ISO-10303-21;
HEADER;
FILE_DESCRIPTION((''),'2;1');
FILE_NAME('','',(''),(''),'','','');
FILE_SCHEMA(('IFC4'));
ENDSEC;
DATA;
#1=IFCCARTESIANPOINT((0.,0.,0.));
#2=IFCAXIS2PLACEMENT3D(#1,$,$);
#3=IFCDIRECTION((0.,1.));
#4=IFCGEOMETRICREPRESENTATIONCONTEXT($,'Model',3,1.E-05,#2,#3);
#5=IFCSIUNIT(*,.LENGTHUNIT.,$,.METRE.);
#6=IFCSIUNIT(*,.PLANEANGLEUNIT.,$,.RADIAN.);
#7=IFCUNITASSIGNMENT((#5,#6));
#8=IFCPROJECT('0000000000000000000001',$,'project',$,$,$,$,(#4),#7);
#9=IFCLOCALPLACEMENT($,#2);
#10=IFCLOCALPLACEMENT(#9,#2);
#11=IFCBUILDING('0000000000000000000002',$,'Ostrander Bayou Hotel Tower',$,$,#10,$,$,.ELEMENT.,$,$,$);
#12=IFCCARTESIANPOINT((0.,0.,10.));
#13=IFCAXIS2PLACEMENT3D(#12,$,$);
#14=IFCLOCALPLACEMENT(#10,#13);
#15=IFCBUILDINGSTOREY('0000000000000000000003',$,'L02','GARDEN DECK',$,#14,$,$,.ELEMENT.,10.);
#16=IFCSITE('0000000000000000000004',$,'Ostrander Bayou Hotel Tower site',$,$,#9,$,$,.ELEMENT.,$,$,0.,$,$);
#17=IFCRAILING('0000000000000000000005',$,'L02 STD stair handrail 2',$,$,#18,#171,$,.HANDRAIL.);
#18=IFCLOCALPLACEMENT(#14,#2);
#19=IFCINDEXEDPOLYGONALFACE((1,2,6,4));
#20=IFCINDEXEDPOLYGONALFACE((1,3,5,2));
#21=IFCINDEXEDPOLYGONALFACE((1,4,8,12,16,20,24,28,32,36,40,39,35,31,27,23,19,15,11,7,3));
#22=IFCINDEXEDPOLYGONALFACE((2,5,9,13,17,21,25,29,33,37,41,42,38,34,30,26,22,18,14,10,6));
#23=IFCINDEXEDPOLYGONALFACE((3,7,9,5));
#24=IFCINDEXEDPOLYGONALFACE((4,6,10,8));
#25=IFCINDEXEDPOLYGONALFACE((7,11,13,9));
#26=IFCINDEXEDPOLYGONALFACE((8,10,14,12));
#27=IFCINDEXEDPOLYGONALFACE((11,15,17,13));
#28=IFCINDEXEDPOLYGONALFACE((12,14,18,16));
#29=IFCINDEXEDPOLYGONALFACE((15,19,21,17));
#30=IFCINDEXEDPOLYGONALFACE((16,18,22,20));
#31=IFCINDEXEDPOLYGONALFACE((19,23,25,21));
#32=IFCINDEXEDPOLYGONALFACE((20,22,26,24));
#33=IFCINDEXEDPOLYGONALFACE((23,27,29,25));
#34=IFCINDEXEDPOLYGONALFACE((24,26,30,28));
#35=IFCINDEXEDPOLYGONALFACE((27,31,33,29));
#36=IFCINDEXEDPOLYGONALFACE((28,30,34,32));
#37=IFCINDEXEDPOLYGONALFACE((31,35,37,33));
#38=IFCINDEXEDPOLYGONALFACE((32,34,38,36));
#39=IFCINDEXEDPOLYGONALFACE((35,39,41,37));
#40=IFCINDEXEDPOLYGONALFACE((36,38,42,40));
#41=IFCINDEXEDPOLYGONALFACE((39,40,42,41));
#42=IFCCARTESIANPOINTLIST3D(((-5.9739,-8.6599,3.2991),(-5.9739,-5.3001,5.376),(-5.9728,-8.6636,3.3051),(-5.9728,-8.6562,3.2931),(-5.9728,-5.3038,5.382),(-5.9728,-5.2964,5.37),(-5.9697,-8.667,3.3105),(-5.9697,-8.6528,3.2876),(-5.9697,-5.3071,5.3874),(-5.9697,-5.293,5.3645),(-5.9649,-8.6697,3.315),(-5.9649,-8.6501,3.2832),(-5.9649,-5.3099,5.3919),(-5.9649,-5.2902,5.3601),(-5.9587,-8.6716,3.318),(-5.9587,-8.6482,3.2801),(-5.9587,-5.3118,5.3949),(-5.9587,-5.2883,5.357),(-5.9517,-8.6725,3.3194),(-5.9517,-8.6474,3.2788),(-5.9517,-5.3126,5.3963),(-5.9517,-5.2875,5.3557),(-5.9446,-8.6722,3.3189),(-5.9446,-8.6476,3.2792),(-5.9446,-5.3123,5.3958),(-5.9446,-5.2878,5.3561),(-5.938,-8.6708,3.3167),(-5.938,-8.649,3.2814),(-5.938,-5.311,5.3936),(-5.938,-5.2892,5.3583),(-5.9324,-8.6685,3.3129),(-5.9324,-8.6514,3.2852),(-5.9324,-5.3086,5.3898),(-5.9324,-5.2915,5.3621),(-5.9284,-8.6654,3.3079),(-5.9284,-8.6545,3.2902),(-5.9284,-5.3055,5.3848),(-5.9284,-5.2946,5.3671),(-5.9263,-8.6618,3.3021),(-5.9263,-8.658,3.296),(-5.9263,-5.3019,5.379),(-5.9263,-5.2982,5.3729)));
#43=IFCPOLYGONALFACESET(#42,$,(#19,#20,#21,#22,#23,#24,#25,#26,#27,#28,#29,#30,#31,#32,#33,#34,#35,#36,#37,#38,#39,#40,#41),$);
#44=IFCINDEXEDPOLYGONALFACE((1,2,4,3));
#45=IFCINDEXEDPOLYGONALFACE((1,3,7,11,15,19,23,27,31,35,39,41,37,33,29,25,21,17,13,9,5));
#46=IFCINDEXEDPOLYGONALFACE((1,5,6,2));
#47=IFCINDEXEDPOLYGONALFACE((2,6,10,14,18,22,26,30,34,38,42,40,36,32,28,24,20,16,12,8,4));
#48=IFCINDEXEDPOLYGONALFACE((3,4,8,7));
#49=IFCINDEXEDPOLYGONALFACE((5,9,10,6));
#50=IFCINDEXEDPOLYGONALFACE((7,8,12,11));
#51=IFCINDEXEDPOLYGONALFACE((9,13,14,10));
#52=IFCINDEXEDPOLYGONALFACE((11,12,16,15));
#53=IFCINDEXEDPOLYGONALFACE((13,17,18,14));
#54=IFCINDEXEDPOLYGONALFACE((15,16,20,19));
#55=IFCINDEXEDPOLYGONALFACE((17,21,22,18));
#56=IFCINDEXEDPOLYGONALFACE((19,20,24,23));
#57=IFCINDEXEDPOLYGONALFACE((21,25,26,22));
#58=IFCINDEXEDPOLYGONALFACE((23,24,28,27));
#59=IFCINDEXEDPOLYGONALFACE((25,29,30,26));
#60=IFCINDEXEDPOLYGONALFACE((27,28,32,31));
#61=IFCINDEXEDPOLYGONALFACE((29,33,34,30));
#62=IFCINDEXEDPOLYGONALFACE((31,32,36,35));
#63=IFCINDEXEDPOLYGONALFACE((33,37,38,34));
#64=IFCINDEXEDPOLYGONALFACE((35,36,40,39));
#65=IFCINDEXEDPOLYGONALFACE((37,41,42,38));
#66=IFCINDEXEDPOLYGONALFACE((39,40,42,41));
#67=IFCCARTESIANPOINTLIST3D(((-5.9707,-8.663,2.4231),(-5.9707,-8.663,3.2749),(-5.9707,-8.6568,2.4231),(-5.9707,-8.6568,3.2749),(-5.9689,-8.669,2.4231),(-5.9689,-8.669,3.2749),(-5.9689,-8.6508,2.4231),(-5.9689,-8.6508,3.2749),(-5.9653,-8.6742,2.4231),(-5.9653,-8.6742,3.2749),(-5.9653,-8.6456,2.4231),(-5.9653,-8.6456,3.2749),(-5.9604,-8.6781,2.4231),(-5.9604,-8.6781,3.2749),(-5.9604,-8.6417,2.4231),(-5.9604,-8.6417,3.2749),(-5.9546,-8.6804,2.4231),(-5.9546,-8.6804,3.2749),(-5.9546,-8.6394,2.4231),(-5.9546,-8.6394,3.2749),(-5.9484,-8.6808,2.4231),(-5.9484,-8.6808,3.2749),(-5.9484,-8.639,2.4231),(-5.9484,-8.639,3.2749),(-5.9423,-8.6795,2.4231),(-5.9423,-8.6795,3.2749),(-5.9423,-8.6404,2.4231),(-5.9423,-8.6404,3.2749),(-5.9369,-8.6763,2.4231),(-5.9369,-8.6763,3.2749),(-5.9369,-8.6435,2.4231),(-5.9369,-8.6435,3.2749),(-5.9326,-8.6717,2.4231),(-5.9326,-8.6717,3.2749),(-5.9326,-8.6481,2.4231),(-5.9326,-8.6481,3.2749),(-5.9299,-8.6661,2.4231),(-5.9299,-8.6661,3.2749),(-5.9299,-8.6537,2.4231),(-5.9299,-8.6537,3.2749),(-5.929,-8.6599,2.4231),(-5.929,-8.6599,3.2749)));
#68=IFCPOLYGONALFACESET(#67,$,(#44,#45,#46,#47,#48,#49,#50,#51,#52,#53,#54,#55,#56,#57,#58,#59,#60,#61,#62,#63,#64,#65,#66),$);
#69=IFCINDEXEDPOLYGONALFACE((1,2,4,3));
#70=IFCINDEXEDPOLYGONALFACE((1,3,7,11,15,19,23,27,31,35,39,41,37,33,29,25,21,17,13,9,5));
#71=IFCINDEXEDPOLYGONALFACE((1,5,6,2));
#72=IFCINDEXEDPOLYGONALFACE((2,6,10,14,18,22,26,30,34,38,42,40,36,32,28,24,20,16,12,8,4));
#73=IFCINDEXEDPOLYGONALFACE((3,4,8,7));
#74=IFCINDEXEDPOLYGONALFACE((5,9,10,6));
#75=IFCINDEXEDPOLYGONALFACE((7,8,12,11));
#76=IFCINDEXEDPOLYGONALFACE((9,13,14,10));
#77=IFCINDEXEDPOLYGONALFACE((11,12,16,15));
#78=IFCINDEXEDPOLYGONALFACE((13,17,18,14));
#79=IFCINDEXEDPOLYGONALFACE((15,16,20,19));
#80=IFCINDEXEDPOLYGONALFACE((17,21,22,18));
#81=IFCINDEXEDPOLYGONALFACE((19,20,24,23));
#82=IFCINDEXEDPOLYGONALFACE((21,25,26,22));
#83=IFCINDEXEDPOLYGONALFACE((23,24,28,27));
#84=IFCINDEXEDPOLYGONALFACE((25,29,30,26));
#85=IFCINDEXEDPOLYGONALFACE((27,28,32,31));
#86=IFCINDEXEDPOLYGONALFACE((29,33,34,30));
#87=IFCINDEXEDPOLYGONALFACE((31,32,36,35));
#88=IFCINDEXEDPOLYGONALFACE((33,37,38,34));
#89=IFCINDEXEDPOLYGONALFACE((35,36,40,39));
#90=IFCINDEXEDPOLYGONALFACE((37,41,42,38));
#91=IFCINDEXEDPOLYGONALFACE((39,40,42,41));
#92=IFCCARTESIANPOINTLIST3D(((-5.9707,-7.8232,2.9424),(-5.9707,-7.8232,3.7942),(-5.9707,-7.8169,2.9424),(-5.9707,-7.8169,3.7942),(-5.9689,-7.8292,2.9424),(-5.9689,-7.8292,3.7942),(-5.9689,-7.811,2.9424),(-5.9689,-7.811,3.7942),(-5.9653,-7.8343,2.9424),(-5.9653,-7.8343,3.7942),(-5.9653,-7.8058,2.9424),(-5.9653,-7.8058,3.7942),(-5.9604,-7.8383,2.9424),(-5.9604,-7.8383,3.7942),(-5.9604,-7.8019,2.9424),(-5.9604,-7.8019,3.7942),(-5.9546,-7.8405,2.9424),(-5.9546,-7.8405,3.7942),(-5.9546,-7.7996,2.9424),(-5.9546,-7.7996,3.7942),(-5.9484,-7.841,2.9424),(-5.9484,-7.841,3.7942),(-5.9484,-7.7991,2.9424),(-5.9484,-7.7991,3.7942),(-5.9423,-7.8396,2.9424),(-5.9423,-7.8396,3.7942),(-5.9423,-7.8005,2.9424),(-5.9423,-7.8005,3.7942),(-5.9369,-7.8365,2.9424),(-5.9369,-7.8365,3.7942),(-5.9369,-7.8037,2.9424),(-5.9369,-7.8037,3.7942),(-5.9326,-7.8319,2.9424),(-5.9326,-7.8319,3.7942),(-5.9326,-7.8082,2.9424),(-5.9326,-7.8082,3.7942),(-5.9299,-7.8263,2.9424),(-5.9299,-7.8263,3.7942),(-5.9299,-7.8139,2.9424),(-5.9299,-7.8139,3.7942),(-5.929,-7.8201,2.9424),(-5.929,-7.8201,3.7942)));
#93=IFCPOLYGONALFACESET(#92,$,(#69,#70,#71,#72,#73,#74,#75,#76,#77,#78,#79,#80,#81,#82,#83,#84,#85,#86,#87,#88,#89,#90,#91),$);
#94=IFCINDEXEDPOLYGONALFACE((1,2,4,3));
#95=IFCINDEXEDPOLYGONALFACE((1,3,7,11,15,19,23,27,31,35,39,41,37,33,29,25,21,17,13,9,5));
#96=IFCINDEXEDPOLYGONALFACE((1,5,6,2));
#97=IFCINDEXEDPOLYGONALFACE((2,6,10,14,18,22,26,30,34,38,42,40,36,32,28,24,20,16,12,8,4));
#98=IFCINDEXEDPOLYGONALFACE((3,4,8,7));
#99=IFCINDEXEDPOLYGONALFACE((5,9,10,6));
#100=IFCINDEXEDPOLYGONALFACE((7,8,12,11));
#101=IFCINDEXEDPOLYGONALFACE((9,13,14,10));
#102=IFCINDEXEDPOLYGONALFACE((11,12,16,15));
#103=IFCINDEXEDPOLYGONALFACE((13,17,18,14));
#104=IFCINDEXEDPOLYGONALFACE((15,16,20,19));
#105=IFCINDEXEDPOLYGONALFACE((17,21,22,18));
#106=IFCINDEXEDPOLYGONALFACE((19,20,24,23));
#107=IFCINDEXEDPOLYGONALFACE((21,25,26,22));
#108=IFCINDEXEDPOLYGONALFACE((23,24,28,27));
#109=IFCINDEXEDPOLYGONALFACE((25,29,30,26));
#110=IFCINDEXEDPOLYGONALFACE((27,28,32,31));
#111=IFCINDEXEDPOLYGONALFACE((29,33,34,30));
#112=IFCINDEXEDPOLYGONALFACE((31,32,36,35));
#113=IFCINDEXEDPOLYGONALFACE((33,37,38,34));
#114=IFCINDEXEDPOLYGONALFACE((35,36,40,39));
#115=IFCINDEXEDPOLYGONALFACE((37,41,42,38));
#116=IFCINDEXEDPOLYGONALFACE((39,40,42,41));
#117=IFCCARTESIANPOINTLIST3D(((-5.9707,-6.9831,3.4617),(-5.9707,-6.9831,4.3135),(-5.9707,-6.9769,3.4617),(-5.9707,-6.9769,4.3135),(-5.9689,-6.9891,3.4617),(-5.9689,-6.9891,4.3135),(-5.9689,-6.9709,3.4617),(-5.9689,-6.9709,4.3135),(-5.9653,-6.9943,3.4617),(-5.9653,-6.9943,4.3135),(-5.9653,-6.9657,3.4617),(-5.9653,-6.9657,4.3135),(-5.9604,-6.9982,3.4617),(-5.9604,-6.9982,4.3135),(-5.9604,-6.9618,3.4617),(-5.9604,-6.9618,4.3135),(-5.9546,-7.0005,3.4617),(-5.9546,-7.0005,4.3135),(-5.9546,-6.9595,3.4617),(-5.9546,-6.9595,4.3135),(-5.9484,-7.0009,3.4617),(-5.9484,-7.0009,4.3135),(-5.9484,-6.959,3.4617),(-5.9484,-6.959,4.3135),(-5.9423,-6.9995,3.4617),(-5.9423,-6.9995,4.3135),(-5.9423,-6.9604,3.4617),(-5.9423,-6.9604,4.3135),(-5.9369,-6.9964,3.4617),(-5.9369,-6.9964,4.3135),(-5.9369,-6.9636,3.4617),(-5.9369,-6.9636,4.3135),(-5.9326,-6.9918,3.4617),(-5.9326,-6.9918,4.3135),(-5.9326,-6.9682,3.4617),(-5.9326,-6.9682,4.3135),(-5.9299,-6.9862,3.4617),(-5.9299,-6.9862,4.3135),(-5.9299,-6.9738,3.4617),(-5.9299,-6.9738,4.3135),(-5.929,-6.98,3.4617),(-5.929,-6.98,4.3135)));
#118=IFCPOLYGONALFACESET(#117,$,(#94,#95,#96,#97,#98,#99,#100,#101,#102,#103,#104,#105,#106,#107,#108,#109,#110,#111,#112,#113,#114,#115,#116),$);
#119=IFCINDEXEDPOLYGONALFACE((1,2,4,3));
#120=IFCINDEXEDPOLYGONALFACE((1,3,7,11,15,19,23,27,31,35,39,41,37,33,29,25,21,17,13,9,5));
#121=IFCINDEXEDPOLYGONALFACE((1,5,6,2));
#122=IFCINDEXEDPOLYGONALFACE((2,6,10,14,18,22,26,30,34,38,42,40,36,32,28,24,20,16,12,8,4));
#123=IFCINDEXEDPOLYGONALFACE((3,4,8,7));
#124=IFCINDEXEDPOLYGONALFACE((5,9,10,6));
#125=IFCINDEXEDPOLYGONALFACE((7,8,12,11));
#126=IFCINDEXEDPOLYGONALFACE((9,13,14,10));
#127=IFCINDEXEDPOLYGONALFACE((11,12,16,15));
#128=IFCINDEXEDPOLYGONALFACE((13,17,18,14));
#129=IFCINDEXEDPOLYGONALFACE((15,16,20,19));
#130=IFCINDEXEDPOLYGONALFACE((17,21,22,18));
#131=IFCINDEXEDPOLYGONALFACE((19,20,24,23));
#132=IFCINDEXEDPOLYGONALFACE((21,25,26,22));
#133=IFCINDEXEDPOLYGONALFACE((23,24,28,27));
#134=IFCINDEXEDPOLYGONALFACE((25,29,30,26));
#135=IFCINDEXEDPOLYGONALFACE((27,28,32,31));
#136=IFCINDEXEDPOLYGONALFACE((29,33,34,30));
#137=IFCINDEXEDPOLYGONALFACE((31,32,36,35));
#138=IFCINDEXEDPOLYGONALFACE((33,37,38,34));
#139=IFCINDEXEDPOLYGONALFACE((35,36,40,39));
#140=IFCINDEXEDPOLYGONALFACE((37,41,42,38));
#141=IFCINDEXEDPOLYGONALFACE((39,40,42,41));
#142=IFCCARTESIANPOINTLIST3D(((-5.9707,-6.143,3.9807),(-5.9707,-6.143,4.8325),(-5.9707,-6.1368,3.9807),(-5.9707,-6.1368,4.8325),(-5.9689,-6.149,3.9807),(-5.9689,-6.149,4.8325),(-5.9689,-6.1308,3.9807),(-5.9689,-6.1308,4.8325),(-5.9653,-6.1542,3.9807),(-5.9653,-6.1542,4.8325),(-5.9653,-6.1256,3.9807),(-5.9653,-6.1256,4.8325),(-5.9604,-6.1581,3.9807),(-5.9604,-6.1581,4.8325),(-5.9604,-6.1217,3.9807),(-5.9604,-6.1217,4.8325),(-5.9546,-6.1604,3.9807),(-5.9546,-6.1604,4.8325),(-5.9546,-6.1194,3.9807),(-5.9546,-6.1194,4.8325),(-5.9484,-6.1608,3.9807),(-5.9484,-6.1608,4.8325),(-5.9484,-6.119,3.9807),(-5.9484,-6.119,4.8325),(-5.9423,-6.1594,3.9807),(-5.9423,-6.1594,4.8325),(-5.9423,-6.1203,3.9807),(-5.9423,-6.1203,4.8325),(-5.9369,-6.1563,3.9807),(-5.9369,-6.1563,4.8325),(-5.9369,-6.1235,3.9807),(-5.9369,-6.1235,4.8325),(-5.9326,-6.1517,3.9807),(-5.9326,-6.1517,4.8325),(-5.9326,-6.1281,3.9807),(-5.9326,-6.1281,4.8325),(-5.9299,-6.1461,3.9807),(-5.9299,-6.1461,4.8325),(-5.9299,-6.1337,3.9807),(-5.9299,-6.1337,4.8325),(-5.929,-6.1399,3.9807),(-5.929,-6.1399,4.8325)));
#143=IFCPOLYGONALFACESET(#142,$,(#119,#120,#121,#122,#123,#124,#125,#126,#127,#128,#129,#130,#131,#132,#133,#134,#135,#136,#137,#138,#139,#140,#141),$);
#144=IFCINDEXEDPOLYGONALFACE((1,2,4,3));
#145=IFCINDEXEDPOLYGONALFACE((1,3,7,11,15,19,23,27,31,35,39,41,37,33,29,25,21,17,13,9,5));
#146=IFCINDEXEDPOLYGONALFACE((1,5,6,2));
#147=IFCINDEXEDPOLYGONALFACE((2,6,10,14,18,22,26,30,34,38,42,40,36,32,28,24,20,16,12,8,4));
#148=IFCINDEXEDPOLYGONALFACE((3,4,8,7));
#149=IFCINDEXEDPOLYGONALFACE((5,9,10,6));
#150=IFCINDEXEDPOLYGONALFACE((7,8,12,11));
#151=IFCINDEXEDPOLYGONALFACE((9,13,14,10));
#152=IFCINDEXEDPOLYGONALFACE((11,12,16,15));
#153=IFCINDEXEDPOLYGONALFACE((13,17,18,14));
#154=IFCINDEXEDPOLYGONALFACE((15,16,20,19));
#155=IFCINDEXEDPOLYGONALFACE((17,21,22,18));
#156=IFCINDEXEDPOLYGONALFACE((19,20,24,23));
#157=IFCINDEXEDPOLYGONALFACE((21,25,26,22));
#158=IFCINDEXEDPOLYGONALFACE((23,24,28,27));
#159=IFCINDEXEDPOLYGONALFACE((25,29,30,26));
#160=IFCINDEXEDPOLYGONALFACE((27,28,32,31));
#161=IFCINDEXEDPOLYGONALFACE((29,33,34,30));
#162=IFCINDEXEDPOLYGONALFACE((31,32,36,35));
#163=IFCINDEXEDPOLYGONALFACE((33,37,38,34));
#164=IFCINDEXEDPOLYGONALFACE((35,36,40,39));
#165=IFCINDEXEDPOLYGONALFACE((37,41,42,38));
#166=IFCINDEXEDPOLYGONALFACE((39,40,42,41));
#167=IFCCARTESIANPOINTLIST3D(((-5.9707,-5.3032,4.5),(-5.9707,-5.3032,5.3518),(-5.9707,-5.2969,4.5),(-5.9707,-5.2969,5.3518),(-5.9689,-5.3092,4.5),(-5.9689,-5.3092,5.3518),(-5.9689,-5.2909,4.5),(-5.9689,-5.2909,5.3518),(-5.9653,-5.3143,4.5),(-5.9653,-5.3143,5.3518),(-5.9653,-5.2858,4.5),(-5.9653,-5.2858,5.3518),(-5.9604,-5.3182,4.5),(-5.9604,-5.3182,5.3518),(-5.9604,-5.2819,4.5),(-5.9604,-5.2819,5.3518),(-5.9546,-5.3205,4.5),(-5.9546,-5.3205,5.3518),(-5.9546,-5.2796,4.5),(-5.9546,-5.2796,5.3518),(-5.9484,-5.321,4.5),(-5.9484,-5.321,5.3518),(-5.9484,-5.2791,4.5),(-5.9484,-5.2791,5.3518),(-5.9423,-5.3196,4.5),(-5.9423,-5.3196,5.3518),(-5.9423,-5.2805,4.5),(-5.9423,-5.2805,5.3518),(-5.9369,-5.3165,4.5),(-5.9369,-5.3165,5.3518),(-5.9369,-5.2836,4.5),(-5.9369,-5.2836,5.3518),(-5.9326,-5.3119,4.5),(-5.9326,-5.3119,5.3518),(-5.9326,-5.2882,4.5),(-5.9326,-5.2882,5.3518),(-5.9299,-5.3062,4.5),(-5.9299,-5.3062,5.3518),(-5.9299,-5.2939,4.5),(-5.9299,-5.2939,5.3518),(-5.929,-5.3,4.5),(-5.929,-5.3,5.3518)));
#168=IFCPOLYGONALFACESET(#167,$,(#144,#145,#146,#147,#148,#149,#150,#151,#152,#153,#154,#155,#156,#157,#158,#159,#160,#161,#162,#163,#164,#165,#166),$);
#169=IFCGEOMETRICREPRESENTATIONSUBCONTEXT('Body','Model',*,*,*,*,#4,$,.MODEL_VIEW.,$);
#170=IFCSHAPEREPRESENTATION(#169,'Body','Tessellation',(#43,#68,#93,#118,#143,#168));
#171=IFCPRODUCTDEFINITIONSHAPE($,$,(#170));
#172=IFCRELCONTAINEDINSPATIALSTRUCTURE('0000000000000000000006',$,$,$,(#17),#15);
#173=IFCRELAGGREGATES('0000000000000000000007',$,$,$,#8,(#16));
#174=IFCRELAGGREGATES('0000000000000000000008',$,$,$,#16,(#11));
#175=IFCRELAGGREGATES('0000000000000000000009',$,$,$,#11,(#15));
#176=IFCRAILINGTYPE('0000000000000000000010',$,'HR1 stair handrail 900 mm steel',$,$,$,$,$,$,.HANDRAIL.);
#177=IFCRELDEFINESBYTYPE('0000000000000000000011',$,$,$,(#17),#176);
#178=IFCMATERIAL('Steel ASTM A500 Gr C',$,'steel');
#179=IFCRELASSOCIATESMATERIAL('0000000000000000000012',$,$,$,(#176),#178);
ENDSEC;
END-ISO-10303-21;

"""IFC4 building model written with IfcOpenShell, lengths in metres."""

from ifc_helpers import new_model, si_unit, direction, frame, origin, origin_2d, place, context, subcontext, project, spatial, circle, extrude, material, type_object, element, save


model = new_model("IFC4")

# Units and contexts
model_context = context("Model", 3, precision=1e-05, world=origin(), true_north=direction((0.0, 1.0)))
body_context = subcontext(model_context, "Body", "Model", "MODEL_VIEW")
ifc_project = project(units=[si_unit("LENGTHUNIT", "METRE"), si_unit("PLANEANGLEUNIT", "RADIAN")], contexts=[model_context])

# Site, building, storey
site_placement = place(None, origin())
site = spatial("IfcSite", under=ifc_project, at=site_placement, Name="Ostrander Bayou Hotel Tower site", CompositionType="ELEMENT", RefElevation=0.0)
building_placement = place(site_placement, origin())
building = spatial("IfcBuilding", under=site, at=building_placement, Name="Ostrander Bayou Hotel Tower", CompositionType="ELEMENT")
storey_placement = place(building_placement, frame((0.0, 0.0, 10.0)))
storey = spatial("IfcBuildingStorey", under=building, at=storey_placement, Name="L02", Description="GARDEN DECK", CompositionType="ELEMENT", Elevation=10.0)

# Railing
ifc_material_1 = material(Name="Steel ASTM A500 Gr C", Category="steel")
railing_type_1 = type_object("IfcRailingType", Name="HR1 stair handrail 900 mm steel", PredefinedType="HANDRAIL", material=ifc_material_1)
railing_1_placement = place(storey_placement, frame((-5.95, -8.6599, 2.4231)))
element("IfcRailing", 1, at=railing_1_placement, inside=storey, type_object=railing_type_1, Name="L02 STD stair handrail 2", PredefinedType="HANDRAIL", context=body_context, shape_type="SweptSolid", body=[
    extrude(circle(Radius=0.0239, at=origin_2d()), frame((0.0, 0.0, 0.876), z_axis=(0.0, 0.850606, 0.525803), x_axis=(-1.0, 0.0, 0.0)), (0.0, 0.0, 1.0), 3.95),
    extrude(circle(Radius=0.021, at=origin_2d()), origin(), (0.0, 0.0, 1.0), 0.8518),
    extrude(circle(Radius=0.021, at=origin_2d()), frame((0.0, 0.8398, 0.5193)), (0.0, 0.0, 1.0), 0.8518),
    extrude(circle(Radius=0.021, at=origin_2d()), frame((0.0, 1.6799, 1.0386)), (0.0, 0.0, 1.0), 0.8518),
    extrude(circle(Radius=0.021, at=origin_2d()), frame((0.0, 2.52, 1.5576)), (0.0, 0.0, 1.0), 0.8518),
    extrude(circle(Radius=0.021, at=origin_2d()), frame((0.0, 3.3599, 2.0769)), (0.0, 0.0, 1.0), 0.8518),
])

save(model, "model.ifc")
